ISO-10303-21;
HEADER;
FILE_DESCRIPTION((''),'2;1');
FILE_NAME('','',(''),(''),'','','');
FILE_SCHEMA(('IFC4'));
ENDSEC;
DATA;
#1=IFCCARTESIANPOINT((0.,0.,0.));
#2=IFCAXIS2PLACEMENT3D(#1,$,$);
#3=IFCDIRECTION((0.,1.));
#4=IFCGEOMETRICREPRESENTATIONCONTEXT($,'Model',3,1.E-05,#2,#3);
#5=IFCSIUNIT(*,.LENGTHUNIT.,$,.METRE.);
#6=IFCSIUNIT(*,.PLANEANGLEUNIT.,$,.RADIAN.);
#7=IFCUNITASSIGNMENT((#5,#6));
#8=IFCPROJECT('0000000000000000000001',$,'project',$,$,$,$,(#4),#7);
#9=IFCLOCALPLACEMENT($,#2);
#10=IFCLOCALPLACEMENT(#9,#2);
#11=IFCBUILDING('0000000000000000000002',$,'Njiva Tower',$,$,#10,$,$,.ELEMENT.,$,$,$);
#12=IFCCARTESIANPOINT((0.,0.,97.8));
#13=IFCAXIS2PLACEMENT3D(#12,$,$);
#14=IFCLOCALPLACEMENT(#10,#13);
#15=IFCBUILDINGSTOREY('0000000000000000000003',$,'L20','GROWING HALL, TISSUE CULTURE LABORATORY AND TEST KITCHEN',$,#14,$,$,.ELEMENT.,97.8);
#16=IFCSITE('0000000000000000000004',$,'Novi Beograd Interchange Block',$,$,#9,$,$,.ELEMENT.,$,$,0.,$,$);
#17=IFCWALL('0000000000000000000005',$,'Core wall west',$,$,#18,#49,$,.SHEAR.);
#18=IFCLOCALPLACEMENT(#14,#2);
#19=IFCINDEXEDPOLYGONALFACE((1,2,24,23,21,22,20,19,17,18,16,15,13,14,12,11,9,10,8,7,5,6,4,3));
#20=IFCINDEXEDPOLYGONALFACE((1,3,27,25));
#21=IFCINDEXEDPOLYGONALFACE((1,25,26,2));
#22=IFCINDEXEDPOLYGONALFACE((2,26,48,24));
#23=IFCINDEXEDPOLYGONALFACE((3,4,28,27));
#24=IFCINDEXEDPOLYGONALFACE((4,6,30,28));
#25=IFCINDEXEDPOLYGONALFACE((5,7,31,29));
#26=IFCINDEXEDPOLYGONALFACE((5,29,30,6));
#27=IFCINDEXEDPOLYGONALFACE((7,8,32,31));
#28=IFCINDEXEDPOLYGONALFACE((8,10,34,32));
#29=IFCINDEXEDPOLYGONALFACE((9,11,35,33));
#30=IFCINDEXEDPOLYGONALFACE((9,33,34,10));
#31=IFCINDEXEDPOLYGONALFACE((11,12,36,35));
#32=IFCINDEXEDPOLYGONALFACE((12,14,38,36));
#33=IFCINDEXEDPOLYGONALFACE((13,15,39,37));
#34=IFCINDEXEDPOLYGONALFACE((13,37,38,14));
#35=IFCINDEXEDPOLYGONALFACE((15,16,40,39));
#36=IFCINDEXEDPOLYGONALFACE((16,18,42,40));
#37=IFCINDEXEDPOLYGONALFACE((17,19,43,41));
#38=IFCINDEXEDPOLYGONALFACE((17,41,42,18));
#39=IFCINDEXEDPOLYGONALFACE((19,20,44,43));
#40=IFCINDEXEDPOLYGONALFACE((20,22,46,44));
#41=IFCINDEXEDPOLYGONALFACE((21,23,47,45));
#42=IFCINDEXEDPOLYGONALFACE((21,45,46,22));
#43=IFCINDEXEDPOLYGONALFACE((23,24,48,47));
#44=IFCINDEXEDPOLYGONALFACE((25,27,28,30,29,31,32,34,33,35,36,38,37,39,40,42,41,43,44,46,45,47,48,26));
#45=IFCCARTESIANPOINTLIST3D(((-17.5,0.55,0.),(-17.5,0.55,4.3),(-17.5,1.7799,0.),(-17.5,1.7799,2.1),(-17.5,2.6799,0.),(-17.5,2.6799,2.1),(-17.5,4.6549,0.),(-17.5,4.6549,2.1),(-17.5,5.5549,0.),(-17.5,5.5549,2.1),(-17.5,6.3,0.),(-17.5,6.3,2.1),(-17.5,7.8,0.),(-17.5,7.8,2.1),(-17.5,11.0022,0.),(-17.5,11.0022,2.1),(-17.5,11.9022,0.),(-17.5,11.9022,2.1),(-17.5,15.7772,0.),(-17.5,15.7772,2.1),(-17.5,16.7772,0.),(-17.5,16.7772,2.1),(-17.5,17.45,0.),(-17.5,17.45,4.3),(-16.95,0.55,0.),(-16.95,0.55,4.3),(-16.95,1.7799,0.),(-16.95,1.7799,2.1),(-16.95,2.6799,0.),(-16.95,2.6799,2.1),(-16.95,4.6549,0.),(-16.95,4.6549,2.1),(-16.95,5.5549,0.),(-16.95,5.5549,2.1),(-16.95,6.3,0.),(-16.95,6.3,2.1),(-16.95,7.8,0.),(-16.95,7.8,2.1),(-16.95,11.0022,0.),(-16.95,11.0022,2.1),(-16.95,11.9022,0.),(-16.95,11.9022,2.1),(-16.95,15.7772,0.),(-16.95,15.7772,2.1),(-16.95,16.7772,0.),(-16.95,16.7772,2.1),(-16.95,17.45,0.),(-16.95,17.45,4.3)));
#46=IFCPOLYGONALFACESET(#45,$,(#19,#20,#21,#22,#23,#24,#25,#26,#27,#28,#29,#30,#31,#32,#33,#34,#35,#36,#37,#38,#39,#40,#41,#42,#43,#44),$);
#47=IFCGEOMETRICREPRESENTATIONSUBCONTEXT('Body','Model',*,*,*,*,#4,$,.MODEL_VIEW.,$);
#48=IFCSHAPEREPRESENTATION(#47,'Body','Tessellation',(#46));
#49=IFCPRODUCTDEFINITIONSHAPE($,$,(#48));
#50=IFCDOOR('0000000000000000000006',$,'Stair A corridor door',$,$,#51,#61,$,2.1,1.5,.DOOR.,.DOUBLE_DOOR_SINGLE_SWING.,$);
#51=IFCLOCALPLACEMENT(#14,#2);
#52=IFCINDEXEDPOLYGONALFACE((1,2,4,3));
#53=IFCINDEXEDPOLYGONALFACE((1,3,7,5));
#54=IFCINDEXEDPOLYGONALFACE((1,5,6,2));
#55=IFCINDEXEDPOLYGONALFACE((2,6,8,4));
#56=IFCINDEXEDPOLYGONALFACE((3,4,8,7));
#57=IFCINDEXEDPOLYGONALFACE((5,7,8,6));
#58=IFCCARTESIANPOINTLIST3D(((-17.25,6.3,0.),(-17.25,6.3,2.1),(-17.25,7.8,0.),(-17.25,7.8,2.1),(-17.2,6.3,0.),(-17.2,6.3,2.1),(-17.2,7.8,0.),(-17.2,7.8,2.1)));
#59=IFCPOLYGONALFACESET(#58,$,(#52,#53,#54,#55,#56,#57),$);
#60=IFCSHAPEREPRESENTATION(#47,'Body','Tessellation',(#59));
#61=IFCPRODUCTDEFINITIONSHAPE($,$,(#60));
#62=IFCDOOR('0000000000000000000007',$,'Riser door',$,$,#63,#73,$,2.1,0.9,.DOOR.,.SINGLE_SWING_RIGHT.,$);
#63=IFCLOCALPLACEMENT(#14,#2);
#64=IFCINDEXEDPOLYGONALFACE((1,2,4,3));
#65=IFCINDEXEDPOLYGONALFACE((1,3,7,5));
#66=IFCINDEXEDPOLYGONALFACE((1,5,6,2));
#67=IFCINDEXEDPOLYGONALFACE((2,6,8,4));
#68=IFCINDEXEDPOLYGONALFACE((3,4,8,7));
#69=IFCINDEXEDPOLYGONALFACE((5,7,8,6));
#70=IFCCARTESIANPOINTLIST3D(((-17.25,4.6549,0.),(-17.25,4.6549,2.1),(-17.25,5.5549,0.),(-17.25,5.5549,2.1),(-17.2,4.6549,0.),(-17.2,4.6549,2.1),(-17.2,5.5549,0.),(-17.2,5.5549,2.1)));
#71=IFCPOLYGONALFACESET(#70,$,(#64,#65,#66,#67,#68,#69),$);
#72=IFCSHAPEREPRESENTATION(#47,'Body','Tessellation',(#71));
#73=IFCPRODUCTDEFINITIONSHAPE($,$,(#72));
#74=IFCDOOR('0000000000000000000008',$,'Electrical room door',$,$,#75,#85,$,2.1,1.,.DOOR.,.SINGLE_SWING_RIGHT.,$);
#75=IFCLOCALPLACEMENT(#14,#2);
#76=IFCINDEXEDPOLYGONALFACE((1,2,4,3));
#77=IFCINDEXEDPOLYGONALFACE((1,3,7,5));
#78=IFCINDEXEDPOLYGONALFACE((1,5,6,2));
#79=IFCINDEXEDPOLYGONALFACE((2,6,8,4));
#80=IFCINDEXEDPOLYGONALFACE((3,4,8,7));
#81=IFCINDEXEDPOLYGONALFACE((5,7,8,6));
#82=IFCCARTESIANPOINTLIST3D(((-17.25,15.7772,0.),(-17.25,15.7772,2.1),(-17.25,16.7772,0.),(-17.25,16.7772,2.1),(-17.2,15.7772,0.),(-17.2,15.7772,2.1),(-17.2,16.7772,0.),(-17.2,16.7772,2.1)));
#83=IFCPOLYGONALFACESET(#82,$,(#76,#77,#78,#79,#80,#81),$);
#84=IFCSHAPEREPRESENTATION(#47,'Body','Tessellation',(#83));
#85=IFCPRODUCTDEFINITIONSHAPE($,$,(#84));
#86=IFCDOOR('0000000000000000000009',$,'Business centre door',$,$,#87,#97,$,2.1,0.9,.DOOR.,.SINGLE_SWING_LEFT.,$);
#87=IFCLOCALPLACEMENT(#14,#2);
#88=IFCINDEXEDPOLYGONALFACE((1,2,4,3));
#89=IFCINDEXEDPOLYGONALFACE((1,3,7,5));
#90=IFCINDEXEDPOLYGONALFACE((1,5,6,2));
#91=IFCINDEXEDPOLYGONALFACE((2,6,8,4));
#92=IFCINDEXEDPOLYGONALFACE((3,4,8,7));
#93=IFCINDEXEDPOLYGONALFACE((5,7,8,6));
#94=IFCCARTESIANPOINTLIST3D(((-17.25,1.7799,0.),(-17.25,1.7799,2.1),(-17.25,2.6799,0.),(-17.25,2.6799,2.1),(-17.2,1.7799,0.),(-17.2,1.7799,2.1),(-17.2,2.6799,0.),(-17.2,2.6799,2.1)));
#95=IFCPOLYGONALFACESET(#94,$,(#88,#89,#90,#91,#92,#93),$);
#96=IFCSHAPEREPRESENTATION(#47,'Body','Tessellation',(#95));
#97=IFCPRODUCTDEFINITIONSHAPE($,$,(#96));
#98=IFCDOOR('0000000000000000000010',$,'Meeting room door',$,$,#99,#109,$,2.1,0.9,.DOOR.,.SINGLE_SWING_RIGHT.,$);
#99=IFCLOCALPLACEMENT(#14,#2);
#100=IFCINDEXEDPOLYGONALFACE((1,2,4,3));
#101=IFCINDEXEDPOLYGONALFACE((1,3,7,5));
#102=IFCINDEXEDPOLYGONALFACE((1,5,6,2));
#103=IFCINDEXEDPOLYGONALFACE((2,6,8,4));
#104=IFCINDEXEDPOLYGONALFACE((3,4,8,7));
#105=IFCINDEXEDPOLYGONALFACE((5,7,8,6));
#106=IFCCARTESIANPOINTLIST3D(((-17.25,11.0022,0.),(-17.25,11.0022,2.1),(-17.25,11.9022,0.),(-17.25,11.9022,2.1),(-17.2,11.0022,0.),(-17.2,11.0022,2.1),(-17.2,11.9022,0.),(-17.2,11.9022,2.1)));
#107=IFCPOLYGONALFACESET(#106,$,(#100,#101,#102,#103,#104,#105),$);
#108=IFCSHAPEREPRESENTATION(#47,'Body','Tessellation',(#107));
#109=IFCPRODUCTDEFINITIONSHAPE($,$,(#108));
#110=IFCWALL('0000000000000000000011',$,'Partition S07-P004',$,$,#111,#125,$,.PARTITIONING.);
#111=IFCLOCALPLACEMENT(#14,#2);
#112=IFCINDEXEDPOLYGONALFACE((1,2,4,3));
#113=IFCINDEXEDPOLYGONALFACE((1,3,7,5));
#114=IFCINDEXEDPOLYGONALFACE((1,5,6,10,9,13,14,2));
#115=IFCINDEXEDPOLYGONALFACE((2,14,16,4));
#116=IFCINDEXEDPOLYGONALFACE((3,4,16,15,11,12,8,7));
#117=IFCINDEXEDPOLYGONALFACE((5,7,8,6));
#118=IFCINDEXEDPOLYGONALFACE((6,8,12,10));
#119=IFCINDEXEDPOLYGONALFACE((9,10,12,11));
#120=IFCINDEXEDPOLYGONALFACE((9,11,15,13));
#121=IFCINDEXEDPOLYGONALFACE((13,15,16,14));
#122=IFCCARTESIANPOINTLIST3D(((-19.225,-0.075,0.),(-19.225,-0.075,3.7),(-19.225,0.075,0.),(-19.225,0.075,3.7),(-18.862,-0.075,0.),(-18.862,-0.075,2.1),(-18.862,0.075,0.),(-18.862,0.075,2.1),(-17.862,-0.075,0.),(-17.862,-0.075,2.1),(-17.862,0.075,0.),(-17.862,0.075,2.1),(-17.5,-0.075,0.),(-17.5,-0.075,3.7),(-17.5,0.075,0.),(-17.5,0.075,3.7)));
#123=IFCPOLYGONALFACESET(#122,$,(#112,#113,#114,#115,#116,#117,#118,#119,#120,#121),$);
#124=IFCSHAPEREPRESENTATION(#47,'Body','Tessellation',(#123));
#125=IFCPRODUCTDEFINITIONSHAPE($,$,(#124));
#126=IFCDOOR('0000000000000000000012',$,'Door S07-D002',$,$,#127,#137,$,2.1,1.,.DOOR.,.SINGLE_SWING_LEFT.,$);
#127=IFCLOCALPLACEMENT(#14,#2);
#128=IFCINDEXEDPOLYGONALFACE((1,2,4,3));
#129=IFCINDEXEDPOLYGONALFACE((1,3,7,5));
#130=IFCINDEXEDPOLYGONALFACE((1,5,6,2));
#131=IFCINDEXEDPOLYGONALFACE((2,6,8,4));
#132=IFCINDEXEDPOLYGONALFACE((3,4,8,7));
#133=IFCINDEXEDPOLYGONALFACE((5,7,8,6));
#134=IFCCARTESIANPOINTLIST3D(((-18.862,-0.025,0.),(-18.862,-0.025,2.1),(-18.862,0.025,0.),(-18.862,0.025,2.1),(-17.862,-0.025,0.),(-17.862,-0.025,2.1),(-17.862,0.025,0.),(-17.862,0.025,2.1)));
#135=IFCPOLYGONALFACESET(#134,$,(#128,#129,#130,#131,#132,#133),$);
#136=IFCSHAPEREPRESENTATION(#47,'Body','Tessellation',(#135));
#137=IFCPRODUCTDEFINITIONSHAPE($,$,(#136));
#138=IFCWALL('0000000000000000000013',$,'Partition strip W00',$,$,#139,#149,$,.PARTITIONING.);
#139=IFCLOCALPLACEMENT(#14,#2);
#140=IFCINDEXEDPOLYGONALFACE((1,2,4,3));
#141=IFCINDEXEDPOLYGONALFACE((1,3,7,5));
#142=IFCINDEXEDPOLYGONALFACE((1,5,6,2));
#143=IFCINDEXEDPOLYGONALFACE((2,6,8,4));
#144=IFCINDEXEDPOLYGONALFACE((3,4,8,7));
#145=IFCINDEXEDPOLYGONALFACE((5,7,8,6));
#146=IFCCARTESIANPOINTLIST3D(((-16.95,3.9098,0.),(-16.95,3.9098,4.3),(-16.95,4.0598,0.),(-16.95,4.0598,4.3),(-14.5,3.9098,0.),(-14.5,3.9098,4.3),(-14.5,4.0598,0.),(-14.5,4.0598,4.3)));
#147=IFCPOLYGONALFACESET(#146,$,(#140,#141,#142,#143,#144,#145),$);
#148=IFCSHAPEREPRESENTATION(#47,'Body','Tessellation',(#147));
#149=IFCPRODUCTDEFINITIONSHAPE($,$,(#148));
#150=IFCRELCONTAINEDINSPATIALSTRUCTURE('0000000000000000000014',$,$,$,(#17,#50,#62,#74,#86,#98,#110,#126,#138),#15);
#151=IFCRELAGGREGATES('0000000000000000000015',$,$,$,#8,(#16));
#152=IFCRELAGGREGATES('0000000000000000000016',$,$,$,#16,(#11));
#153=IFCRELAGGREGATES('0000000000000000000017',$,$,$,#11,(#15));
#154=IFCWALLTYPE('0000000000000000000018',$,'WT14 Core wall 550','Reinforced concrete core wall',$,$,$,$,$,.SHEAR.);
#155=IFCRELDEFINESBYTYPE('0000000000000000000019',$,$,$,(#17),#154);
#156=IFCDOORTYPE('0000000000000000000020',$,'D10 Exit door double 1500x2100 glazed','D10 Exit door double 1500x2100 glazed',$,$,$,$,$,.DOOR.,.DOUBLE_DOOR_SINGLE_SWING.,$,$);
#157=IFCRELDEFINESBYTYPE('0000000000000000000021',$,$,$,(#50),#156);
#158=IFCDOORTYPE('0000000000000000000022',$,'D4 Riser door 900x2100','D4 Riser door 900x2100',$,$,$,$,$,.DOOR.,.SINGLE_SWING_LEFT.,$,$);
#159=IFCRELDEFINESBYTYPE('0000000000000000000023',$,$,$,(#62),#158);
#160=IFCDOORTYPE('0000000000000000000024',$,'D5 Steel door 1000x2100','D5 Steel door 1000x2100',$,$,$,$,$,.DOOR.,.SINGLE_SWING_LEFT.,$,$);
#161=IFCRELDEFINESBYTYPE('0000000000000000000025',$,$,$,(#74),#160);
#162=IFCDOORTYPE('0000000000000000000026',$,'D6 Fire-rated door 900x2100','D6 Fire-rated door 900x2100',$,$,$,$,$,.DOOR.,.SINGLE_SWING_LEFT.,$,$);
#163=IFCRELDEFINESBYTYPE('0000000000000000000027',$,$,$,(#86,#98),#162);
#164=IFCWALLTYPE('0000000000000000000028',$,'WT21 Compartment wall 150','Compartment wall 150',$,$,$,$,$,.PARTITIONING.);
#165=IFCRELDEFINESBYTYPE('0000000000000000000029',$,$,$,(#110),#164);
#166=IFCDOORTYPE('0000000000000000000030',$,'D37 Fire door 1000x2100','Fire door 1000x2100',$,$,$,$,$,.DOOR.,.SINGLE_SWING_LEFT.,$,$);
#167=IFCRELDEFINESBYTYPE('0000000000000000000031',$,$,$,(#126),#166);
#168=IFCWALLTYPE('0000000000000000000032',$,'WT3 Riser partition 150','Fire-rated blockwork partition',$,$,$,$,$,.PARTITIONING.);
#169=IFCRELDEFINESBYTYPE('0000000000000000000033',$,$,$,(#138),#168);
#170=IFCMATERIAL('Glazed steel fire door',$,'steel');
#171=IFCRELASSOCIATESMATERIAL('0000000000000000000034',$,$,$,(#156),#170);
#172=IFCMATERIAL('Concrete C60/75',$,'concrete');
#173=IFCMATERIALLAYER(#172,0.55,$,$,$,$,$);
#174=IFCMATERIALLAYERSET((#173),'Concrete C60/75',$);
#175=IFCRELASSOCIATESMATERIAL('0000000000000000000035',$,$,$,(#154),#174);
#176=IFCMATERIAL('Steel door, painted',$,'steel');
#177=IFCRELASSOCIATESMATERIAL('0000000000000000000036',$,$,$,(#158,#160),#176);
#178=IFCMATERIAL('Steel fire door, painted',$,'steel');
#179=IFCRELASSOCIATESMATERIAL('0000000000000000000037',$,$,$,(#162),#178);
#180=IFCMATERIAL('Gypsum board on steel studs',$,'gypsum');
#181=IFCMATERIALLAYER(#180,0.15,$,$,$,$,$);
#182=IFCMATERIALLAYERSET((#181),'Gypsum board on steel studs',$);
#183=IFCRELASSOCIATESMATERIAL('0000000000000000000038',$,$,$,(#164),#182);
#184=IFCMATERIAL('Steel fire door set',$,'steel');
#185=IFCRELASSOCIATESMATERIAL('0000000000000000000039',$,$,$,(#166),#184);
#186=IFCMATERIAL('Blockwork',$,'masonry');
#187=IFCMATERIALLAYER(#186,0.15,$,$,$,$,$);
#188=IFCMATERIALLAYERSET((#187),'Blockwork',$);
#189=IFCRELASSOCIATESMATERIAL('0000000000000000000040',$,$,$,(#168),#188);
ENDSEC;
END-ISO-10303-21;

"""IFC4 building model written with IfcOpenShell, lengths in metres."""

from ifc_helpers import new_model, si_unit, direction, frame, frame_2d, origin, place, context, subcontext, project, spatial, rectangle, extrude, material, layer, layer_set, type_object, element, fill, save


model = new_model("IFC4")

# Units and contexts
model_context = context("Model", 3, precision=1e-05, world=origin(), true_north=direction((0.0, 1.0)))
body_context = subcontext(model_context, "Body", "Model", "MODEL_VIEW")
ifc_project = project(units=[si_unit("LENGTHUNIT", "METRE"), si_unit("PLANEANGLEUNIT", "RADIAN")], contexts=[model_context])

# Site, building, storey
site_placement = place(None, origin())
site = spatial("IfcSite", under=ifc_project, at=site_placement, Name="Novi Beograd Interchange Block", CompositionType="ELEMENT", RefElevation=0.0)
building_placement = place(site_placement, origin())
building = spatial("IfcBuilding", under=site, at=building_placement, Name="Njiva Tower", CompositionType="ELEMENT")
storey_placement = place(building_placement, frame((0.0, 0.0, 97.8)))
storey = spatial("IfcBuildingStorey", under=building, at=storey_placement, Name="L20", Description="GROWING HALL, TISSUE CULTURE LABORATORY AND TEST KITCHEN", CompositionType="ELEMENT", Elevation=97.8)

# Shared definitions
ifc_material_1 = material(Name="Glazed steel fire door", Category="steel")
door_type_1 = type_object("IfcDoorType", Name="D10 Exit door double 1500x2100 glazed", Description="D10 Exit door double 1500x2100 glazed", OperationType="DOUBLE_DOOR_SINGLE_SWING", PredefinedType="DOOR", material=ifc_material_1)

# Wall, openings, doors
ifc_material_2 = material(Name="Concrete C60/75", Category="concrete")
ifc_layer_1 = layer(ifc_material_2, 0.55)
ifc_layer_set_1 = layer_set([ifc_layer_1], Name="Concrete C60/75")
wall_type_1 = type_object("IfcWallType", Name="WT14 Core wall 550", Description="Reinforced concrete core wall", PredefinedType="SHEAR", material=ifc_layer_set_1)
wall_1_placement = place(storey_placement, frame((-17.225, 0.55, 0.0), z_axis=(0.0, 0.0, 1.0), x_axis=(0.0, 1.0, 0.0)))
wall_1 = element("IfcWall", 1, at=wall_1_placement, inside=storey, type_object=wall_type_1, Name="Core wall west", PredefinedType="SHEAR", context=body_context, shape_type="SweptSolid", body=[
    extrude(rectangle(XDim=16.9, YDim=0.55, at=frame_2d((8.45, 0.0))), origin(), (0.0, 0.0, 1.0), 4.3),
])
opening_1_placement = place(wall_1_placement, frame((5.75, 0.0, 0.0)))
opening_1 = element("IfcOpeningElement", 2, at=opening_1_placement, cuts=wall_1, PredefinedType="OPENING", context=body_context, shape_type="SweptSolid", body=[
    extrude(rectangle(XDim=1.5, YDim=2.1, at=frame_2d((0.75, 1.05))), frame((0.0, 0.285, 0.0), z_axis=(0.0, -1.0, 0.0), x_axis=(1.0, 0.0, 0.0)), (0.0, 0.0, 1.0), 0.57),
])
opening_2_placement = place(wall_1_placement, frame((1.2299, 0.0, 0.0)))
opening_2 = element("IfcOpeningElement", 3, at=opening_2_placement, cuts=wall_1, PredefinedType="OPENING", context=body_context, shape_type="SweptSolid", body=[
    extrude(rectangle(XDim=0.9, YDim=2.1, at=frame_2d((0.45, 1.05))), frame((0.0, 0.285, 0.0), z_axis=(0.0, -1.0, 0.0), x_axis=(1.0, 0.0, 0.0)), (0.0, 0.0, 1.0), 0.57),
])
opening_3_placement = place(wall_1_placement, frame((4.1049, 0.0, 0.0)))
opening_3 = element("IfcOpeningElement", 4, at=opening_3_placement, cuts=wall_1, PredefinedType="OPENING", context=body_context, shape_type="SweptSolid", body=[
    extrude(rectangle(XDim=0.9, YDim=2.1, at=frame_2d((0.45, 1.05))), frame((0.0, 0.285, 0.0), z_axis=(0.0, -1.0, 0.0), x_axis=(1.0, 0.0, 0.0)), (0.0, 0.0, 1.0), 0.57),
])
opening_4_placement = place(wall_1_placement, frame((10.4522, 0.0, 0.0)))
opening_4 = element("IfcOpeningElement", 5, at=opening_4_placement, cuts=wall_1, PredefinedType="OPENING", context=body_context, shape_type="SweptSolid", body=[
    extrude(rectangle(XDim=0.9, YDim=2.1, at=frame_2d((0.45, 1.05))), frame((0.0, 0.285, 0.0), z_axis=(0.0, -1.0, 0.0), x_axis=(1.0, 0.0, 0.0)), (0.0, 0.0, 1.0), 0.57),
])
opening_5_placement = place(wall_1_placement, frame((15.2272, 0.0, 0.0)))
opening_5 = element("IfcOpeningElement", 6, at=opening_5_placement, cuts=wall_1, PredefinedType="OPENING", context=body_context, shape_type="SweptSolid", body=[
    extrude(rectangle(XDim=1.0, YDim=2.1, at=frame_2d((0.5, 1.05))), frame((0.0, 0.285, 0.0), z_axis=(0.0, -1.0, 0.0), x_axis=(1.0, 0.0, 0.0)), (0.0, 0.0, 1.0), 0.57),
])
door_1_placement = place(opening_1_placement, origin())
door_1 = element("IfcDoor", 7, at=door_1_placement, inside=storey, type_object=door_type_1, Name="Stair A corridor door", OperationType="DOUBLE_DOOR_SINGLE_SWING", OverallHeight=2.1, OverallWidth=1.5, PredefinedType="DOOR", context=body_context, shape_type="SweptSolid", body=[
    extrude(rectangle(XDim=1.5, YDim=2.1, at=frame_2d((0.75, 1.05))), frame((0.0, 0.025, 0.0), z_axis=(0.0, -1.0, 0.0), x_axis=(1.0, 0.0, 0.0)), (0.0, 0.0, 1.0), 0.05),
])
fill(opening_1, door_1)
ifc_material_3 = material(Name="Steel door, painted", Category="steel")
door_type_2 = type_object("IfcDoorType", Name="D4 Riser door 900x2100", Description="D4 Riser door 900x2100", OperationType="SINGLE_SWING_LEFT", PredefinedType="DOOR", material=ifc_material_3)
door_2_placement = place(opening_3_placement, origin())
door_2 = element("IfcDoor", 8, at=door_2_placement, inside=storey, type_object=door_type_2, Name="Riser door", OperationType="SINGLE_SWING_RIGHT", OverallHeight=2.1, OverallWidth=0.9, PredefinedType="DOOR", context=body_context, shape_type="SweptSolid", body=[
    extrude(rectangle(XDim=0.9, YDim=2.1, at=frame_2d((0.45, 1.05))), frame((0.0, 0.025, 0.0), z_axis=(0.0, -1.0, 0.0), x_axis=(1.0, 0.0, 0.0)), (0.0, 0.0, 1.0), 0.05),
])
fill(opening_3, door_2)
door_type_3 = type_object("IfcDoorType", Name="D5 Steel door 1000x2100", Description="D5 Steel door 1000x2100", OperationType="SINGLE_SWING_LEFT", PredefinedType="DOOR", material=ifc_material_3)
door_3_placement = place(opening_5_placement, origin())
door_3 = element("IfcDoor", 9, at=door_3_placement, inside=storey, type_object=door_type_3, Name="Electrical room door", OperationType="SINGLE_SWING_RIGHT", OverallHeight=2.1, OverallWidth=1.0, PredefinedType="DOOR", context=body_context, shape_type="SweptSolid", body=[
    extrude(rectangle(XDim=1.0, YDim=2.1, at=frame_2d((0.5, 1.05))), frame((0.0, 0.025, 0.0), z_axis=(0.0, -1.0, 0.0), x_axis=(1.0, 0.0, 0.0)), (0.0, 0.0, 1.0), 0.05),
])
fill(opening_5, door_3)
ifc_material_4 = material(Name="Steel fire door, painted", Category="steel")
door_type_4 = type_object("IfcDoorType", Name="D6 Fire-rated door 900x2100", Description="D6 Fire-rated door 900x2100", OperationType="SINGLE_SWING_LEFT", PredefinedType="DOOR", material=ifc_material_4)
door_4_placement = place(opening_2_placement, origin())
door_4 = element("IfcDoor", 10, at=door_4_placement, inside=storey, type_object=door_type_4, Name="Business centre door", OperationType="SINGLE_SWING_LEFT", OverallHeight=2.1, OverallWidth=0.9, PredefinedType="DOOR", context=body_context, shape_type="SweptSolid", body=[
    extrude(rectangle(XDim=0.9, YDim=2.1, at=frame_2d((0.45, 1.05))), frame((0.0, 0.025, 0.0), z_axis=(0.0, -1.0, 0.0), x_axis=(1.0, 0.0, 0.0)), (0.0, 0.0, 1.0), 0.05),
])
fill(opening_2, door_4)
door_5_placement = place(opening_4_placement, origin())
door_5 = element("IfcDoor", 11, at=door_5_placement, inside=storey, type_object=door_type_4, Name="Meeting room door", OperationType="SINGLE_SWING_RIGHT", OverallHeight=2.1, OverallWidth=0.9, PredefinedType="DOOR", context=body_context, shape_type="SweptSolid", body=[
    extrude(rectangle(XDim=0.9, YDim=2.1, at=frame_2d((0.45, 1.05))), frame((0.0, 0.025, 0.0), z_axis=(0.0, -1.0, 0.0), x_axis=(1.0, 0.0, 0.0)), (0.0, 0.0, 1.0), 0.05),
])
fill(opening_4, door_5)

# Wall, opening, door
ifc_material_5 = material(Name="Gypsum board on steel studs", Category="gypsum")
ifc_layer_2 = layer(ifc_material_5, 0.15)
ifc_layer_set_2 = layer_set([ifc_layer_2], Name="Gypsum board on steel studs")
wall_type_2 = type_object("IfcWallType", Name="WT21 Compartment wall 150", Description="Compartment wall 150", PredefinedType="PARTITIONING", material=ifc_layer_set_2)
wall_2_placement = place(storey_placement, frame((-19.225, 0.0, 0.0), z_axis=(0.0, 0.0, 1.0), x_axis=(1.0, 0.0, 0.0)))
wall_2 = element("IfcWall", 12, at=wall_2_placement, inside=storey, type_object=wall_type_2, Name="Partition S07-P004", PredefinedType="PARTITIONING", context=body_context, shape_type="SweptSolid", body=[
    extrude(rectangle(XDim=1.725, YDim=0.15, at=frame_2d((0.8625, 0.0))), origin(), (0.0, 0.0, 1.0), 3.7),
])
opening_6_placement = place(wall_2_placement, frame((0.363, 0.0, 0.0)))
opening_6 = element("IfcOpeningElement", 13, at=opening_6_placement, cuts=wall_2, PredefinedType="OPENING", context=body_context, shape_type="SweptSolid", body=[
    extrude(rectangle(XDim=1.0, YDim=2.1, at=frame_2d((0.5, 1.05))), frame((0.0, 0.085, 0.0), z_axis=(0.0, -1.0, 0.0), x_axis=(1.0, 0.0, 0.0)), (0.0, 0.0, 1.0), 0.17),
])
ifc_material_6 = material(Name="Steel fire door set", Category="steel")
door_type_5 = type_object("IfcDoorType", Name="D37 Fire door 1000x2100", Description="Fire door 1000x2100", OperationType="SINGLE_SWING_LEFT", PredefinedType="DOOR", material=ifc_material_6)
door_6_placement = place(opening_6_placement, origin())
door_6 = element("IfcDoor", 14, at=door_6_placement, inside=storey, type_object=door_type_5, Name="Door S07-D002", OperationType="SINGLE_SWING_LEFT", OverallHeight=2.1, OverallWidth=1.0, PredefinedType="DOOR", context=body_context, shape_type="SweptSolid", body=[
    extrude(rectangle(XDim=1.0, YDim=2.1, at=frame_2d((0.5, 1.05))), frame((0.0, 0.025, 0.0), z_axis=(0.0, -1.0, 0.0), x_axis=(1.0, 0.0, 0.0)), (0.0, 0.0, 1.0), 0.05),
])
fill(opening_6, door_6)

# Wall
ifc_material_7 = material(Name="Blockwork", Category="masonry")
ifc_layer_3 = layer(ifc_material_7, 0.15)
ifc_layer_set_3 = layer_set([ifc_layer_3], Name="Blockwork")
wall_type_3 = type_object("IfcWallType", Name="WT3 Riser partition 150", Description="Fire-rated blockwork partition", PredefinedType="PARTITIONING", material=ifc_layer_set_3)
wall_3_placement = place(storey_placement, frame((-16.95, 3.9848, 0.0), z_axis=(0.0, 0.0, 1.0), x_axis=(1.0, 0.0, 0.0)))
element("IfcWall", 15, at=wall_3_placement, inside=storey, type_object=wall_type_3, Name="Partition strip W00", PredefinedType="PARTITIONING", context=body_context, shape_type="SweptSolid", body=[
    extrude(rectangle(XDim=2.45, YDim=0.15, at=frame_2d((1.225, 0.0))), origin(), (0.0, 0.0, 1.0), 4.3),
])

save(model, "model.ifc")
